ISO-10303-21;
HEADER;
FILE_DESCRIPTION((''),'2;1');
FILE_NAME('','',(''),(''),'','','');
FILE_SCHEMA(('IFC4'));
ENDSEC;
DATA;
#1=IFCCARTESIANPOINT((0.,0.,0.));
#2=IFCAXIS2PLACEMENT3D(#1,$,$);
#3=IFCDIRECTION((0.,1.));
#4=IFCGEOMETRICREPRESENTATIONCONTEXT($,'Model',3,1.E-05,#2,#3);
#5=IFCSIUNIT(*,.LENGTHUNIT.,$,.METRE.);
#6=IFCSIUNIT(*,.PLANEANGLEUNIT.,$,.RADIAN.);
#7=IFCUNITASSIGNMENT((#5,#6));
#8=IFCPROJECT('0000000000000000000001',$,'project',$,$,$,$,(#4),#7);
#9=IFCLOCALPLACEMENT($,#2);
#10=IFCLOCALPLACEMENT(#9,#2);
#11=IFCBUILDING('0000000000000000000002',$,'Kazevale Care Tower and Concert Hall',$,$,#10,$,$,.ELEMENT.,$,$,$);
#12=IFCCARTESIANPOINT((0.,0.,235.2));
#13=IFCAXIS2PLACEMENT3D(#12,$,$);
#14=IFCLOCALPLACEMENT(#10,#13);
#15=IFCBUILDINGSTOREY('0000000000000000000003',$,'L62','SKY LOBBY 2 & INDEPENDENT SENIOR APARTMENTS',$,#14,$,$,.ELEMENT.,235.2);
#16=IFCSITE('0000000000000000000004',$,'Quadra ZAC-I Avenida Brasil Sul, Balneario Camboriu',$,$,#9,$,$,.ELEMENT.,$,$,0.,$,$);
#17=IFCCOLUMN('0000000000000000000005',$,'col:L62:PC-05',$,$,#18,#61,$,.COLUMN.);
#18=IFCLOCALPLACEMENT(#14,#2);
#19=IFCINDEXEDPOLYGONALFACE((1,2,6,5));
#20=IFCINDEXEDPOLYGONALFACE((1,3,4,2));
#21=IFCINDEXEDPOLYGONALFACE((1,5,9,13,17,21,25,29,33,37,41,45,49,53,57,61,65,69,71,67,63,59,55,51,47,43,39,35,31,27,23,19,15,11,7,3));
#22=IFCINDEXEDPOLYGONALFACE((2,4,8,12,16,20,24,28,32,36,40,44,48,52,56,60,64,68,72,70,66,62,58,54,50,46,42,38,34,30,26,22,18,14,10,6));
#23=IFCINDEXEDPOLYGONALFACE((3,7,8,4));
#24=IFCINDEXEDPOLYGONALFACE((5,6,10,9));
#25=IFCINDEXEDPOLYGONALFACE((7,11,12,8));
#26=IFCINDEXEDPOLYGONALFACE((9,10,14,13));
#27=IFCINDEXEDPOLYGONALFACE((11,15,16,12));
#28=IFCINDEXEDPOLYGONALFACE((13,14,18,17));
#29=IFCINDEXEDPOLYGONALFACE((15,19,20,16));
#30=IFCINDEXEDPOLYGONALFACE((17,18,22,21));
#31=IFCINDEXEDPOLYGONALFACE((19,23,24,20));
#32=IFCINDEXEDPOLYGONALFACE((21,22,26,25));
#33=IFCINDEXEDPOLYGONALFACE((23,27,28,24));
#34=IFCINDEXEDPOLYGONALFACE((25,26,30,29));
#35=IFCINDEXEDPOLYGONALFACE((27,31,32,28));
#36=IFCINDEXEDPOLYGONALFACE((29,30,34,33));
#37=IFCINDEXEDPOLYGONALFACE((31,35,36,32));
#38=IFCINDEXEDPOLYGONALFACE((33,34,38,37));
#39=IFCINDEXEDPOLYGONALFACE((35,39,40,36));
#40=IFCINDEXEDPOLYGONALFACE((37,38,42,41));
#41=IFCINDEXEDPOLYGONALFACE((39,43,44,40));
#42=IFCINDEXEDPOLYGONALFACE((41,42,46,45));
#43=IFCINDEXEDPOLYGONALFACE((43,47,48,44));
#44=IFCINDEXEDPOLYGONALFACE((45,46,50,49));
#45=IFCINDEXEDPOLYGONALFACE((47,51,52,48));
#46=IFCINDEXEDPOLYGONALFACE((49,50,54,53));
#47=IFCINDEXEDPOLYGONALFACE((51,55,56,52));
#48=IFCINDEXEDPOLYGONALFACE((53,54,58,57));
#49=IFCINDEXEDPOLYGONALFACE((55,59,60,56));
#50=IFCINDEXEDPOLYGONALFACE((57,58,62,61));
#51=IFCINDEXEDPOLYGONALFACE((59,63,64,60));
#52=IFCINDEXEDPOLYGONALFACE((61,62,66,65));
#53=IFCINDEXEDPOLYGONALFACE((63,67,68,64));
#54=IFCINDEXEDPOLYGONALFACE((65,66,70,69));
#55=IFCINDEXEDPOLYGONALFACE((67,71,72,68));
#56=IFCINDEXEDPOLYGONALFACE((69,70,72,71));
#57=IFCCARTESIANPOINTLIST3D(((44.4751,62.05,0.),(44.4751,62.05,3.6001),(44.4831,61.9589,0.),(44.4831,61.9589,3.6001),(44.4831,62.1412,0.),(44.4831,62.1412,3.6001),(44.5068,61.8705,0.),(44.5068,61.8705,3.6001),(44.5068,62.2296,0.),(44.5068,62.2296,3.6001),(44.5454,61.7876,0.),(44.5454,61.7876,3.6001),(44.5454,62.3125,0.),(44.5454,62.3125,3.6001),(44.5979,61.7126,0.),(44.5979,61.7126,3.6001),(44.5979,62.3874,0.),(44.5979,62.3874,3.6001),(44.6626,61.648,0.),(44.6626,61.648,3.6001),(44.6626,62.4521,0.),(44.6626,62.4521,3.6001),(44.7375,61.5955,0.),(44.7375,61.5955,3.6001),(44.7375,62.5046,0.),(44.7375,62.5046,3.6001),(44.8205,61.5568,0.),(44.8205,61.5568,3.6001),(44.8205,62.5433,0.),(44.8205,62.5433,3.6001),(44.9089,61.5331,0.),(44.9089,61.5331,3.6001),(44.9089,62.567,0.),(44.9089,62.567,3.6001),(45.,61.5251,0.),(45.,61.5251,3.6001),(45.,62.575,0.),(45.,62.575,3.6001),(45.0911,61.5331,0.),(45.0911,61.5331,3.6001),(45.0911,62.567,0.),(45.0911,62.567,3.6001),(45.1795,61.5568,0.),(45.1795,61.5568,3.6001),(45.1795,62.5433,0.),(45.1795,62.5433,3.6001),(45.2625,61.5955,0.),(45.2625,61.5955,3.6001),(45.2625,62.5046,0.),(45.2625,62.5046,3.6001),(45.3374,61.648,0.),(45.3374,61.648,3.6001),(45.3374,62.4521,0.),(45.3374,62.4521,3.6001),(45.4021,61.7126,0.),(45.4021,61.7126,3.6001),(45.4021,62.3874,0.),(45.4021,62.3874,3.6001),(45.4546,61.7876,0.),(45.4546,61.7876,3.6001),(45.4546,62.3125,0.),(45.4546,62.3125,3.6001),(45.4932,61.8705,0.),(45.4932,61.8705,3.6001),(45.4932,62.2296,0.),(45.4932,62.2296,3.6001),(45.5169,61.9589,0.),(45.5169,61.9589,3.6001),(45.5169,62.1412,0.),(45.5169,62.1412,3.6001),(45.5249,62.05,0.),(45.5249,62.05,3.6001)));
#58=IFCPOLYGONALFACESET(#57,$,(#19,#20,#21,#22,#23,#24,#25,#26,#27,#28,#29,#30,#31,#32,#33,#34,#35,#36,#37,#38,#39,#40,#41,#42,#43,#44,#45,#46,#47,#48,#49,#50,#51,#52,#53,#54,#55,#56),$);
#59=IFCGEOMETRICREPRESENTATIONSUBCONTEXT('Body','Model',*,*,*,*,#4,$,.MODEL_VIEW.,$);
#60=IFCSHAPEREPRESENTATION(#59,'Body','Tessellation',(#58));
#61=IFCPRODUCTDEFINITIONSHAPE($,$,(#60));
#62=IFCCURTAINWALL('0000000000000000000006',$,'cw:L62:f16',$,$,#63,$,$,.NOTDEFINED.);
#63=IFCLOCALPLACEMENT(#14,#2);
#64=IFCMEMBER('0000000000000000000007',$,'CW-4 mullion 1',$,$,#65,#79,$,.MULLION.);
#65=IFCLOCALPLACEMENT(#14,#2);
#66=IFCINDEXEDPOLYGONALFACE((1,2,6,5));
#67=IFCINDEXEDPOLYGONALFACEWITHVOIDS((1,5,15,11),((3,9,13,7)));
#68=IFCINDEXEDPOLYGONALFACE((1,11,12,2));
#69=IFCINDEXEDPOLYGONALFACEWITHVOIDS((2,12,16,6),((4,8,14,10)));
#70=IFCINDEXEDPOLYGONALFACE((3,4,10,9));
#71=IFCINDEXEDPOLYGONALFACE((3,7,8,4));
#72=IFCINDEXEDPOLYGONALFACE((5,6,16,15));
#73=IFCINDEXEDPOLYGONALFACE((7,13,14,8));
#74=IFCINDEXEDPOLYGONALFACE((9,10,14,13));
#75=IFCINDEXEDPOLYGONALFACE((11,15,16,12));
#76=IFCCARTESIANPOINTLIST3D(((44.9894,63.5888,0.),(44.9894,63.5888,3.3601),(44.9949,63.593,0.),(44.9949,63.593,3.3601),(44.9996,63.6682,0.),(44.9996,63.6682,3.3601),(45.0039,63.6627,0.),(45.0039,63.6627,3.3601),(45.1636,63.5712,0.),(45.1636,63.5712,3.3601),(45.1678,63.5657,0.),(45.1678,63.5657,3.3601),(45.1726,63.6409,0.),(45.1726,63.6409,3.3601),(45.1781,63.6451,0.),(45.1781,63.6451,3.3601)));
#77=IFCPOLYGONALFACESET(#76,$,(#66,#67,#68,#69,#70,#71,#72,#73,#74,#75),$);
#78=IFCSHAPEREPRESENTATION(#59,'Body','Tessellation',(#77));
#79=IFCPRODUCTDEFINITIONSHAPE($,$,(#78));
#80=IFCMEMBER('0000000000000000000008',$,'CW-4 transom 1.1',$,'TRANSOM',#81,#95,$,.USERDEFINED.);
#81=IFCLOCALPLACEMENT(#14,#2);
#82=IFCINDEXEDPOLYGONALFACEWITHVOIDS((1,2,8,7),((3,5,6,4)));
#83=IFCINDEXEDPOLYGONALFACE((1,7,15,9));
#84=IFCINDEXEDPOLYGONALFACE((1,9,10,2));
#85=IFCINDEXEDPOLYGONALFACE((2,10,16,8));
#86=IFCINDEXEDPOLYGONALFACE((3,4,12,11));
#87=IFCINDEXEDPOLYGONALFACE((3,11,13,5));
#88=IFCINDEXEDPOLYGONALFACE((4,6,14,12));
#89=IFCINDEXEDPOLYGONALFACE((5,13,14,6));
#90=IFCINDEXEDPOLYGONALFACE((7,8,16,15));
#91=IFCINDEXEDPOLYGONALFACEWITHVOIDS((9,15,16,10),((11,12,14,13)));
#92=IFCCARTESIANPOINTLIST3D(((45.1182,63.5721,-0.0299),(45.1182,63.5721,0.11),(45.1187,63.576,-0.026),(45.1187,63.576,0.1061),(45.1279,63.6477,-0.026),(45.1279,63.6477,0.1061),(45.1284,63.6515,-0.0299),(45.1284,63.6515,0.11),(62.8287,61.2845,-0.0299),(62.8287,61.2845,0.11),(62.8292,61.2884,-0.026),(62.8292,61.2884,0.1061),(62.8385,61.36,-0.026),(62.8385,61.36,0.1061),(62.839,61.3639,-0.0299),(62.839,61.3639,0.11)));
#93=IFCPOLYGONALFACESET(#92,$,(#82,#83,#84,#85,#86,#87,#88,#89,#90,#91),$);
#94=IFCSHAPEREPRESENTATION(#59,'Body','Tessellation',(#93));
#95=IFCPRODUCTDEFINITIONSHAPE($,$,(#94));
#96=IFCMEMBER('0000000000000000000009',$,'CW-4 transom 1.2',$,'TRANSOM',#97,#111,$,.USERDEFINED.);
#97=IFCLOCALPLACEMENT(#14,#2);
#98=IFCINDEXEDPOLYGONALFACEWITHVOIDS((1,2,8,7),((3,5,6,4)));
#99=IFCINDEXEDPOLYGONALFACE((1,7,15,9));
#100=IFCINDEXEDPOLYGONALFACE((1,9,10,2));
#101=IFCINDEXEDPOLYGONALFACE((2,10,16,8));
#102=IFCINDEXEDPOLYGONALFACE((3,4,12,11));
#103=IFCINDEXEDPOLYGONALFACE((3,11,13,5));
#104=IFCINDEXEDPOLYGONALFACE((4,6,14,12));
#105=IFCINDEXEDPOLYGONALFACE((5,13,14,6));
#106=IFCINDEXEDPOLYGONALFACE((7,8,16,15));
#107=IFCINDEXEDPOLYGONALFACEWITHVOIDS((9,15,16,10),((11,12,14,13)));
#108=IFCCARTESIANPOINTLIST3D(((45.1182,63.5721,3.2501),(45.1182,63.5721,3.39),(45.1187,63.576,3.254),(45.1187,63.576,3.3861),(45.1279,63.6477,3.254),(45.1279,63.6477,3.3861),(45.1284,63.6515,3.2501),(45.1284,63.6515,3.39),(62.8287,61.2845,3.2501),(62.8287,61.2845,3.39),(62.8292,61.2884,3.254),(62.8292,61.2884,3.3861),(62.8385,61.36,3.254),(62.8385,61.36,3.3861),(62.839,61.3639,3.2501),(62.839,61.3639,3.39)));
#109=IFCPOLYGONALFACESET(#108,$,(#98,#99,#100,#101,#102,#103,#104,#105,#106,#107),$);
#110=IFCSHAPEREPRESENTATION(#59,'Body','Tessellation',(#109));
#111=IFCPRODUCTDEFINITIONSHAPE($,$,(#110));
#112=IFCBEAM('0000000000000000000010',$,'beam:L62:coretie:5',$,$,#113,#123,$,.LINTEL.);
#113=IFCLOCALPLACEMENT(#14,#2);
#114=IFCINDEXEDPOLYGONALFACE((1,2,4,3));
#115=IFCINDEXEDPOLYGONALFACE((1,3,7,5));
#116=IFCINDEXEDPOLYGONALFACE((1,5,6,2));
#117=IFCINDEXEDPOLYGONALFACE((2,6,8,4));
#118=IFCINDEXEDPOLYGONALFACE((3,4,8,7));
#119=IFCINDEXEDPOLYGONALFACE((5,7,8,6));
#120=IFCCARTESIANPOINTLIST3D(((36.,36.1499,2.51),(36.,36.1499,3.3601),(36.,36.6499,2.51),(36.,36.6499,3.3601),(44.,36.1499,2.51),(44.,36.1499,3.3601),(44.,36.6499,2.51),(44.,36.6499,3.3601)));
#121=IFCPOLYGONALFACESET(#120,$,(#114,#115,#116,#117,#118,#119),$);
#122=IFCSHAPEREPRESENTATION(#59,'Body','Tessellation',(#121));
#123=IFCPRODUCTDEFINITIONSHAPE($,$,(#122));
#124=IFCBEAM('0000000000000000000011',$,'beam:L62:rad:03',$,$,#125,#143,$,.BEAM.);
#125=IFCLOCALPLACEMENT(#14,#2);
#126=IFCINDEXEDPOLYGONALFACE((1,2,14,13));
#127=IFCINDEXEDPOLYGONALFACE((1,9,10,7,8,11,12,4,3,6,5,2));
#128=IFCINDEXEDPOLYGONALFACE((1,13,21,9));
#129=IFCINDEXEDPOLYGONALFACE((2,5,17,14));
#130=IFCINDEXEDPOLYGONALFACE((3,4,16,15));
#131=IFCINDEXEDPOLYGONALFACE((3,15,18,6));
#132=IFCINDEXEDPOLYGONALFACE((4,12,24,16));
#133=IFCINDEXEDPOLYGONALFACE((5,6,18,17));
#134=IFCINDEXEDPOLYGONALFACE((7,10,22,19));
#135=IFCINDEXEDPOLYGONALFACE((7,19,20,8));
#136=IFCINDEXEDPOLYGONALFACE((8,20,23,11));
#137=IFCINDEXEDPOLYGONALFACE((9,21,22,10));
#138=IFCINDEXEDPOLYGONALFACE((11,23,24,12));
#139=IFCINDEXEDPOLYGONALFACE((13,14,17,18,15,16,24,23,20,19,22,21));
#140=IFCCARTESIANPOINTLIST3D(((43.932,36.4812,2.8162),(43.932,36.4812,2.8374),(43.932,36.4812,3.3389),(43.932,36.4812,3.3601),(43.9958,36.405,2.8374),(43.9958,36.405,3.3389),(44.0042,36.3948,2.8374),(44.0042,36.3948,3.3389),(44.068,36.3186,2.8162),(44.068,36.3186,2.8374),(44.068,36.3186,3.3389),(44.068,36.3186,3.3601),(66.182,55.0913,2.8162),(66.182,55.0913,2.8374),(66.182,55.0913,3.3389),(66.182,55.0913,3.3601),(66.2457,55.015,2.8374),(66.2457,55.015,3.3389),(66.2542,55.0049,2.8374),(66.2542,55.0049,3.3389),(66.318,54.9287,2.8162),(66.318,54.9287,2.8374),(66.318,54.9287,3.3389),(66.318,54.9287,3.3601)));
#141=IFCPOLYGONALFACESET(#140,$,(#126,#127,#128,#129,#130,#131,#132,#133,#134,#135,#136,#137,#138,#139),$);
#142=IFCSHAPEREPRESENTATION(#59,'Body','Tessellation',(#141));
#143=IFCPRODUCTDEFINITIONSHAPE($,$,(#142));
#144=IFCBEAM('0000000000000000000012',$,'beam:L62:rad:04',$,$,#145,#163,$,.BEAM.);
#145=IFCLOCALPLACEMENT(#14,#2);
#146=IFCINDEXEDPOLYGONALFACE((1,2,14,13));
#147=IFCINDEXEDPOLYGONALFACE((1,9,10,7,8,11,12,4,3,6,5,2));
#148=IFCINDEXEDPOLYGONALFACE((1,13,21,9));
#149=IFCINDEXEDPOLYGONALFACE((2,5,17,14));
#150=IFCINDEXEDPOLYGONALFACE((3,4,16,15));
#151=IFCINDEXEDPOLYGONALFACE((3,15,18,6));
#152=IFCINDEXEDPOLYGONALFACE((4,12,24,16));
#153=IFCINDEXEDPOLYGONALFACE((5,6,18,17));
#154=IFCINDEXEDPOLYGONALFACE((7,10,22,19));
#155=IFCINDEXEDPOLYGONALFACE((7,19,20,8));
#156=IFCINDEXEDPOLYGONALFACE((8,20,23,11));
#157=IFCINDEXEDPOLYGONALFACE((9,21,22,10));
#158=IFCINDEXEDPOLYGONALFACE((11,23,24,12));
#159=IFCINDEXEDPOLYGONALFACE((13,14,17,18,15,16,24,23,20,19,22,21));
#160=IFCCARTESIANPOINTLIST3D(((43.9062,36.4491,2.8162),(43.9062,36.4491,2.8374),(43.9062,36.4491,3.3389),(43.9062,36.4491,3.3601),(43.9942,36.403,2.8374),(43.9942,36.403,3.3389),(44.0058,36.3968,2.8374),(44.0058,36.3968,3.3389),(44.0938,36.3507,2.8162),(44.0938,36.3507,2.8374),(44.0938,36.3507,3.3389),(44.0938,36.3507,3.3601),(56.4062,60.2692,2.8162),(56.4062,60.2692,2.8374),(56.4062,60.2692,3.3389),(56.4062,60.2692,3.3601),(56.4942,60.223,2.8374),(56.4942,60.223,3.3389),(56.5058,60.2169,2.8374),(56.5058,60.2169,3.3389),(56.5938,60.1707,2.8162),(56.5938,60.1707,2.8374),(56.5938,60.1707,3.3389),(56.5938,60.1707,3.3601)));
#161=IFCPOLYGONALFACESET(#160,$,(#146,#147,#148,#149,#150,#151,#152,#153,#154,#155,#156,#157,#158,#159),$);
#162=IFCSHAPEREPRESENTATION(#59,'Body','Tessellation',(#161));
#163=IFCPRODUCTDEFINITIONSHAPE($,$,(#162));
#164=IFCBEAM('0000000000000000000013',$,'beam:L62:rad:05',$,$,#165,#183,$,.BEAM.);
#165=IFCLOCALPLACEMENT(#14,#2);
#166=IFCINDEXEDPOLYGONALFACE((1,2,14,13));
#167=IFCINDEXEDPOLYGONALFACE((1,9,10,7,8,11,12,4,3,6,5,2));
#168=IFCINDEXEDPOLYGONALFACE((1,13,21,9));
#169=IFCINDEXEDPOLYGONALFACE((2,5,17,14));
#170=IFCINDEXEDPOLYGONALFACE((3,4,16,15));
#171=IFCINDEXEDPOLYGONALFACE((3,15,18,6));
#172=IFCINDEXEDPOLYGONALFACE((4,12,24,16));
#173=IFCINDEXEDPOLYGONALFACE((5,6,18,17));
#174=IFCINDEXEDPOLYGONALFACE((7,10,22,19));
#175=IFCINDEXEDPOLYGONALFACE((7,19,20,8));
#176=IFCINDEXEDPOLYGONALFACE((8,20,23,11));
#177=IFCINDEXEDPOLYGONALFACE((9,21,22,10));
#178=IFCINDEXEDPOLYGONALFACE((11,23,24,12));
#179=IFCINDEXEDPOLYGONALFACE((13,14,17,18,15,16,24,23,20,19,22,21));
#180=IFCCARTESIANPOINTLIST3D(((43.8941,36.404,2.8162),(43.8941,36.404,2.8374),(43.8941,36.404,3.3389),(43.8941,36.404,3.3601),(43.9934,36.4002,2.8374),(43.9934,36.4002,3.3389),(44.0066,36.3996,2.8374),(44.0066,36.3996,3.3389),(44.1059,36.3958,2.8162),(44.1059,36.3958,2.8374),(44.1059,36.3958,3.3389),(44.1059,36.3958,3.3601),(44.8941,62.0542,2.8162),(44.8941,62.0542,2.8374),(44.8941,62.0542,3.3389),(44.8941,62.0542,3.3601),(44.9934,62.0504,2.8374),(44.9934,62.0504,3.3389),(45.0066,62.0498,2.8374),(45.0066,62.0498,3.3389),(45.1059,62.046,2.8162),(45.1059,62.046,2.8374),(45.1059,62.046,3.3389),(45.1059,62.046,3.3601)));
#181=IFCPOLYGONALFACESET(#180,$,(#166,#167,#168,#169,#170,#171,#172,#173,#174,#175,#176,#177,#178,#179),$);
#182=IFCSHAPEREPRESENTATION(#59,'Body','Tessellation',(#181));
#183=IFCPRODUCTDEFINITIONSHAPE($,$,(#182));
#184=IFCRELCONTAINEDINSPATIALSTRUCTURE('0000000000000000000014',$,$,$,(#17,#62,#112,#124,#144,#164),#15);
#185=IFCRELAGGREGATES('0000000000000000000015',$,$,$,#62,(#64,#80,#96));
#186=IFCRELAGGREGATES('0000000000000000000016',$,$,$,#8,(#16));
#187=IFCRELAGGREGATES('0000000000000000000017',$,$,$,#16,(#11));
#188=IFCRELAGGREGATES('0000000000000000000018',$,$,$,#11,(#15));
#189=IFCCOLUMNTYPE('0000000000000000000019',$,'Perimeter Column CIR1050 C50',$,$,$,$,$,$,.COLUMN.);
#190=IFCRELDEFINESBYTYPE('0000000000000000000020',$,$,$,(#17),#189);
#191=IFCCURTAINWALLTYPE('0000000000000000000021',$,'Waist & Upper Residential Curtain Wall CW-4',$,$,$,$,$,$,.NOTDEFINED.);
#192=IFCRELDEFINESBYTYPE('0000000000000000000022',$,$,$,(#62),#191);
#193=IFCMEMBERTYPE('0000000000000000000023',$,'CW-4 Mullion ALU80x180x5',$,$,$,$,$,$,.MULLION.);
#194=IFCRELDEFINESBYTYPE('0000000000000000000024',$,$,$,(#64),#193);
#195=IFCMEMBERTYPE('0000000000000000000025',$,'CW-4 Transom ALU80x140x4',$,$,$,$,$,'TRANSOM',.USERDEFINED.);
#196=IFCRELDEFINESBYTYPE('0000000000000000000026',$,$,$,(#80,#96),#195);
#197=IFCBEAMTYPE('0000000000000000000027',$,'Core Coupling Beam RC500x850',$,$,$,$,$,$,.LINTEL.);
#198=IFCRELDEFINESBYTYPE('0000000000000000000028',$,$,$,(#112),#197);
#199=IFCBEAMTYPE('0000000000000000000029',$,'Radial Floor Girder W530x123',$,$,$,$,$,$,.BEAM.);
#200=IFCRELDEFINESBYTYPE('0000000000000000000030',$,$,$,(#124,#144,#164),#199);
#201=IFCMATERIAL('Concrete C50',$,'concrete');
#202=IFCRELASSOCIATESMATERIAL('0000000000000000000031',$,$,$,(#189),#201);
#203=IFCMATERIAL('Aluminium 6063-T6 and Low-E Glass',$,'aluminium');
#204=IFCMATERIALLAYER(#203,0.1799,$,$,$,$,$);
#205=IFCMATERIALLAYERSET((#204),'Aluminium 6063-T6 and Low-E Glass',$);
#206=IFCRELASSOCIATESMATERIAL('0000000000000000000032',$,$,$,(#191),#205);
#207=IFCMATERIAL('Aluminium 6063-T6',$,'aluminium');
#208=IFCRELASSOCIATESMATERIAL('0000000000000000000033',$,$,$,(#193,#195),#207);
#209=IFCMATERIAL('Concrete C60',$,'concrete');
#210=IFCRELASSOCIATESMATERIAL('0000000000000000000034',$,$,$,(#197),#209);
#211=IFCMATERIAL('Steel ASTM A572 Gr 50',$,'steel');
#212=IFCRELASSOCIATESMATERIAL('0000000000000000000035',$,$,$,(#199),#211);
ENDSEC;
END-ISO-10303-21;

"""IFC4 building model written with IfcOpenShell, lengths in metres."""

from ifc_helpers import new_model, si_unit, direction, frame, origin, origin_2d, place, context, subcontext, project, spatial, rectangle, hollow_rectangle, circle, i_section, extrude, material, layer, layer_set, material_profile, profile_set, type_object, element, aggregate, save


model = new_model("IFC4")

# Units and contexts
model_context = context("Model", 3, precision=1e-05, world=origin(), true_north=direction((0.0, 1.0)))
body_context = subcontext(model_context, "Body", "Model", "MODEL_VIEW")
ifc_project = project(units=[si_unit("LENGTHUNIT", "METRE"), si_unit("PLANEANGLEUNIT", "RADIAN")], contexts=[model_context])

# Site, building, storey
site_placement = place(None, origin())
site = spatial("IfcSite", under=ifc_project, at=site_placement, Name="Quadra ZAC-I Avenida Brasil Sul, Balneario Camboriu", CompositionType="ELEMENT", RefElevation=0.0)
building_placement = place(site_placement, origin())
building = spatial("IfcBuilding", under=site, at=building_placement, Name="Kazevale Care Tower and Concert Hall", CompositionType="ELEMENT")
storey_placement = place(building_placement, frame((0.0, 0.0, 235.2)))
storey = spatial("IfcBuildingStorey", under=building, at=storey_placement, Name="L62", Description="SKY LOBBY 2 & INDEPENDENT SENIOR APARTMENTS", CompositionType="ELEMENT", Elevation=235.2)

# Column
ifc_material_1 = material(Name="Concrete C50", Category="concrete")
ifc_material_profile_1 = material_profile(ifc_material_1, circle(Radius=0.5249, at=origin_2d()), Name="RC-CIR1050")
ifc_profile_set_1 = profile_set([ifc_material_profile_1], Name="Concrete C50")
column_type = type_object("IfcColumnType", Name="Perimeter Column CIR1050 C50", PredefinedType="COLUMN", material=ifc_profile_set_1)
column_placement = place(storey_placement, frame((45.0, 62.05, 0.0), z_axis=(0.0, 0.0, 1.0), x_axis=(1.0, 0.0, 0.0)))
element("IfcColumn", 1, at=column_placement, inside=storey, type_object=column_type, Name="col:L62:PC-05", PredefinedType="COLUMN", context=body_context, shape_type="SweptSolid", body=[
    extrude(circle(Radius=0.5249, at=origin_2d()), origin(), (0.0, 0.0, 1.0), 3.6001),
])

# Curtain wall, members
ifc_material_2 = material(Name="Aluminium 6063-T6 and Low-E Glass", Category="aluminium")
ifc_layer_1 = layer(ifc_material_2, 0.1799)
ifc_layer_set_1 = layer_set([ifc_layer_1], Name="Aluminium 6063-T6 and Low-E Glass")
curtain_wall_type = type_object("IfcCurtainWallType", Name="Waist & Upper Residential Curtain Wall CW-4", PredefinedType="NOTDEFINED", material=ifc_layer_set_1)
curtain_wall_placement = place(storey_placement, origin())
curtain_wall = element("IfcCurtainWall", 2, at=curtain_wall_placement, inside=storey, type_object=curtain_wall_type, Name="cw:L62:f16", PredefinedType="NOTDEFINED")
ifc_material_3 = material(Name="Aluminium 6063-T6", Category="aluminium")
ifc_material_profile_2 = material_profile(ifc_material_3, hollow_rectangle(XDim=0.0801, YDim=0.1799, WallThickness=0.0049, at=origin_2d()), Name="ALU80x180x5")
ifc_profile_set_2 = profile_set([ifc_material_profile_2], Name="Aluminium 6063-T6")
member_type_1 = type_object("IfcMemberType", Name="CW-4 Mullion ALU80x180x5", PredefinedType="MULLION", material=ifc_profile_set_2)
member_1_placement = place(storey_placement, frame((45.0837, 63.6169, 0.0), z_axis=(0.0, 0.0, 1.0), x_axis=(0.128098, 0.991761, 0.0)))
member_1 = element("IfcMember", 3, at=member_1_placement, type_object=member_type_1, Name="CW-4 mullion 1", PredefinedType="MULLION", context=body_context, shape_type="SweptSolid", body=[
    extrude(hollow_rectangle(XDim=0.0801, YDim=0.1799, WallThickness=0.0049, at=origin_2d()), origin(), (0.0, 0.0, 1.0), 3.3601),
])
ifc_material_profile_3 = material_profile(ifc_material_3, hollow_rectangle(XDim=0.0801, YDim=0.1399, WallThickness=0.0039, at=origin_2d()), Name="ALU80x140x4")
ifc_profile_set_3 = profile_set([ifc_material_profile_3], Name="Aluminium 6063-T6")
member_type_2 = type_object("IfcMemberType", Name="CW-4 Transom ALU80x140x4", ElementType="TRANSOM", PredefinedType="USERDEFINED", material=ifc_profile_set_3)
member_2_placement = place(storey_placement, frame((45.1233, 63.6118, 0.04), z_axis=(0.991761, -0.128102, 0.0), x_axis=(0.128102, 0.991761, 0.0)))
member_2 = element("IfcMember", 4, at=member_2_placement, type_object=member_type_2, Name="CW-4 transom 1.1", ObjectType="TRANSOM", PredefinedType="USERDEFINED", context=body_context, shape_type="SweptSolid", body=[
    extrude(hollow_rectangle(XDim=0.0801, YDim=0.1399, WallThickness=0.0039, at=origin_2d()), origin(), (0.0, 0.0, 1.0), 17.8577),
])
member_3_placement = place(storey_placement, frame((45.1233, 63.6118, 3.3201), z_axis=(0.991761, -0.128102, 0.0), x_axis=(0.128102, 0.991761, 0.0)))
member_3 = element("IfcMember", 5, at=member_3_placement, type_object=member_type_2, Name="CW-4 transom 1.2", ObjectType="TRANSOM", PredefinedType="USERDEFINED", context=body_context, shape_type="SweptSolid", body=[
    extrude(hollow_rectangle(XDim=0.0801, YDim=0.1399, WallThickness=0.0039, at=origin_2d()), origin(), (0.0, 0.0, 1.0), 17.8577),
])
aggregate(curtain_wall, [member_1, member_2, member_3])

# Beams
ifc_material_4 = material(Name="Concrete C60", Category="concrete")
ifc_material_profile_4 = material_profile(ifc_material_4, rectangle(XDim=0.5, YDim=0.8501, at=origin_2d()), Name="RC-B500x850")
ifc_profile_set_4 = profile_set([ifc_material_profile_4], Name="Concrete C60")
beam_type_1 = type_object("IfcBeamType", Name="Core Coupling Beam RC500x850", PredefinedType="LINTEL", material=ifc_profile_set_4)
beam_1_placement = place(storey_placement, frame((44.0, 36.3999, 2.9351), z_axis=(-1.0, 0.0, 0.0), x_axis=(0.0, -1.0, 0.0)))
element("IfcBeam", 6, at=beam_1_placement, inside=storey, type_object=beam_type_1, Name="beam:L62:coretie:5", PredefinedType="LINTEL", context=body_context, shape_type="SweptSolid", body=[
    extrude(rectangle(XDim=0.5, YDim=0.8501, at=origin_2d()), origin(), (0.0, 0.0, 1.0), 8.0),
])
ifc_material_5 = material(Name="Steel ASTM A572 Gr 50", Category="steel")
ifc_material_profile_5 = material_profile(ifc_material_5, i_section(OverallWidth=0.2119, OverallDepth=0.5439, WebThickness=0.0132, FlangeThickness=0.0212, at=origin_2d()), Name="W530x123")
ifc_profile_set_5 = profile_set([ifc_material_profile_5], Name="Steel ASTM A572 Gr 50")
beam_type_2 = type_object("IfcBeamType", Name="Radial Floor Girder W530x123", PredefinedType="BEAM", material=ifc_profile_set_5)
beam_2_placement = place(storey_placement, frame((44.0, 36.3999, 3.0881), z_axis=(0.76706, 0.641576, 0.0), x_axis=(-0.641576, 0.76706, 0.0)))
element("IfcBeam", 7, at=beam_2_placement, inside=storey, type_object=beam_type_2, Name="beam:L62:rad:03", PredefinedType="BEAM", context=body_context, shape_type="SweptSolid", body=[
    extrude(i_section(OverallWidth=0.2119, OverallDepth=0.5439, WebThickness=0.0132, FlangeThickness=0.0212, at=origin_2d()), origin(), (0.0, 0.0, 1.0), 29.0068),
])
beam_3_placement = place(storey_placement, frame((44.0, 36.3999, 3.0881), z_axis=(0.464673, 0.885483, 0.0), x_axis=(-0.885483, 0.464673, 0.0)))
element("IfcBeam", 8, at=beam_3_placement, inside=storey, type_object=beam_type_2, Name="beam:L62:rad:04", PredefinedType="BEAM", context=body_context, shape_type="SweptSolid", body=[
    extrude(i_section(OverallWidth=0.2119, OverallDepth=0.5439, WebThickness=0.0132, FlangeThickness=0.0212, at=origin_2d()), origin(), (0.0, 0.0, 1.0), 26.9006),
])
beam_4_placement = place(storey_placement, frame((44.0, 36.3999, 3.0881), z_axis=(0.038957, 0.999241, 0.0), x_axis=(-0.999241, 0.038957, 0.0)))
element("IfcBeam", 9, at=beam_4_placement, inside=storey, type_object=beam_type_2, Name="beam:L62:rad:05", PredefinedType="BEAM", context=body_context, shape_type="SweptSolid", body=[
    extrude(i_section(OverallWidth=0.2119, OverallDepth=0.5439, WebThickness=0.0132, FlangeThickness=0.0212, at=origin_2d()), origin(), (0.0, 0.0, 1.0), 25.6697),
])

save(model, "model.ifc")
